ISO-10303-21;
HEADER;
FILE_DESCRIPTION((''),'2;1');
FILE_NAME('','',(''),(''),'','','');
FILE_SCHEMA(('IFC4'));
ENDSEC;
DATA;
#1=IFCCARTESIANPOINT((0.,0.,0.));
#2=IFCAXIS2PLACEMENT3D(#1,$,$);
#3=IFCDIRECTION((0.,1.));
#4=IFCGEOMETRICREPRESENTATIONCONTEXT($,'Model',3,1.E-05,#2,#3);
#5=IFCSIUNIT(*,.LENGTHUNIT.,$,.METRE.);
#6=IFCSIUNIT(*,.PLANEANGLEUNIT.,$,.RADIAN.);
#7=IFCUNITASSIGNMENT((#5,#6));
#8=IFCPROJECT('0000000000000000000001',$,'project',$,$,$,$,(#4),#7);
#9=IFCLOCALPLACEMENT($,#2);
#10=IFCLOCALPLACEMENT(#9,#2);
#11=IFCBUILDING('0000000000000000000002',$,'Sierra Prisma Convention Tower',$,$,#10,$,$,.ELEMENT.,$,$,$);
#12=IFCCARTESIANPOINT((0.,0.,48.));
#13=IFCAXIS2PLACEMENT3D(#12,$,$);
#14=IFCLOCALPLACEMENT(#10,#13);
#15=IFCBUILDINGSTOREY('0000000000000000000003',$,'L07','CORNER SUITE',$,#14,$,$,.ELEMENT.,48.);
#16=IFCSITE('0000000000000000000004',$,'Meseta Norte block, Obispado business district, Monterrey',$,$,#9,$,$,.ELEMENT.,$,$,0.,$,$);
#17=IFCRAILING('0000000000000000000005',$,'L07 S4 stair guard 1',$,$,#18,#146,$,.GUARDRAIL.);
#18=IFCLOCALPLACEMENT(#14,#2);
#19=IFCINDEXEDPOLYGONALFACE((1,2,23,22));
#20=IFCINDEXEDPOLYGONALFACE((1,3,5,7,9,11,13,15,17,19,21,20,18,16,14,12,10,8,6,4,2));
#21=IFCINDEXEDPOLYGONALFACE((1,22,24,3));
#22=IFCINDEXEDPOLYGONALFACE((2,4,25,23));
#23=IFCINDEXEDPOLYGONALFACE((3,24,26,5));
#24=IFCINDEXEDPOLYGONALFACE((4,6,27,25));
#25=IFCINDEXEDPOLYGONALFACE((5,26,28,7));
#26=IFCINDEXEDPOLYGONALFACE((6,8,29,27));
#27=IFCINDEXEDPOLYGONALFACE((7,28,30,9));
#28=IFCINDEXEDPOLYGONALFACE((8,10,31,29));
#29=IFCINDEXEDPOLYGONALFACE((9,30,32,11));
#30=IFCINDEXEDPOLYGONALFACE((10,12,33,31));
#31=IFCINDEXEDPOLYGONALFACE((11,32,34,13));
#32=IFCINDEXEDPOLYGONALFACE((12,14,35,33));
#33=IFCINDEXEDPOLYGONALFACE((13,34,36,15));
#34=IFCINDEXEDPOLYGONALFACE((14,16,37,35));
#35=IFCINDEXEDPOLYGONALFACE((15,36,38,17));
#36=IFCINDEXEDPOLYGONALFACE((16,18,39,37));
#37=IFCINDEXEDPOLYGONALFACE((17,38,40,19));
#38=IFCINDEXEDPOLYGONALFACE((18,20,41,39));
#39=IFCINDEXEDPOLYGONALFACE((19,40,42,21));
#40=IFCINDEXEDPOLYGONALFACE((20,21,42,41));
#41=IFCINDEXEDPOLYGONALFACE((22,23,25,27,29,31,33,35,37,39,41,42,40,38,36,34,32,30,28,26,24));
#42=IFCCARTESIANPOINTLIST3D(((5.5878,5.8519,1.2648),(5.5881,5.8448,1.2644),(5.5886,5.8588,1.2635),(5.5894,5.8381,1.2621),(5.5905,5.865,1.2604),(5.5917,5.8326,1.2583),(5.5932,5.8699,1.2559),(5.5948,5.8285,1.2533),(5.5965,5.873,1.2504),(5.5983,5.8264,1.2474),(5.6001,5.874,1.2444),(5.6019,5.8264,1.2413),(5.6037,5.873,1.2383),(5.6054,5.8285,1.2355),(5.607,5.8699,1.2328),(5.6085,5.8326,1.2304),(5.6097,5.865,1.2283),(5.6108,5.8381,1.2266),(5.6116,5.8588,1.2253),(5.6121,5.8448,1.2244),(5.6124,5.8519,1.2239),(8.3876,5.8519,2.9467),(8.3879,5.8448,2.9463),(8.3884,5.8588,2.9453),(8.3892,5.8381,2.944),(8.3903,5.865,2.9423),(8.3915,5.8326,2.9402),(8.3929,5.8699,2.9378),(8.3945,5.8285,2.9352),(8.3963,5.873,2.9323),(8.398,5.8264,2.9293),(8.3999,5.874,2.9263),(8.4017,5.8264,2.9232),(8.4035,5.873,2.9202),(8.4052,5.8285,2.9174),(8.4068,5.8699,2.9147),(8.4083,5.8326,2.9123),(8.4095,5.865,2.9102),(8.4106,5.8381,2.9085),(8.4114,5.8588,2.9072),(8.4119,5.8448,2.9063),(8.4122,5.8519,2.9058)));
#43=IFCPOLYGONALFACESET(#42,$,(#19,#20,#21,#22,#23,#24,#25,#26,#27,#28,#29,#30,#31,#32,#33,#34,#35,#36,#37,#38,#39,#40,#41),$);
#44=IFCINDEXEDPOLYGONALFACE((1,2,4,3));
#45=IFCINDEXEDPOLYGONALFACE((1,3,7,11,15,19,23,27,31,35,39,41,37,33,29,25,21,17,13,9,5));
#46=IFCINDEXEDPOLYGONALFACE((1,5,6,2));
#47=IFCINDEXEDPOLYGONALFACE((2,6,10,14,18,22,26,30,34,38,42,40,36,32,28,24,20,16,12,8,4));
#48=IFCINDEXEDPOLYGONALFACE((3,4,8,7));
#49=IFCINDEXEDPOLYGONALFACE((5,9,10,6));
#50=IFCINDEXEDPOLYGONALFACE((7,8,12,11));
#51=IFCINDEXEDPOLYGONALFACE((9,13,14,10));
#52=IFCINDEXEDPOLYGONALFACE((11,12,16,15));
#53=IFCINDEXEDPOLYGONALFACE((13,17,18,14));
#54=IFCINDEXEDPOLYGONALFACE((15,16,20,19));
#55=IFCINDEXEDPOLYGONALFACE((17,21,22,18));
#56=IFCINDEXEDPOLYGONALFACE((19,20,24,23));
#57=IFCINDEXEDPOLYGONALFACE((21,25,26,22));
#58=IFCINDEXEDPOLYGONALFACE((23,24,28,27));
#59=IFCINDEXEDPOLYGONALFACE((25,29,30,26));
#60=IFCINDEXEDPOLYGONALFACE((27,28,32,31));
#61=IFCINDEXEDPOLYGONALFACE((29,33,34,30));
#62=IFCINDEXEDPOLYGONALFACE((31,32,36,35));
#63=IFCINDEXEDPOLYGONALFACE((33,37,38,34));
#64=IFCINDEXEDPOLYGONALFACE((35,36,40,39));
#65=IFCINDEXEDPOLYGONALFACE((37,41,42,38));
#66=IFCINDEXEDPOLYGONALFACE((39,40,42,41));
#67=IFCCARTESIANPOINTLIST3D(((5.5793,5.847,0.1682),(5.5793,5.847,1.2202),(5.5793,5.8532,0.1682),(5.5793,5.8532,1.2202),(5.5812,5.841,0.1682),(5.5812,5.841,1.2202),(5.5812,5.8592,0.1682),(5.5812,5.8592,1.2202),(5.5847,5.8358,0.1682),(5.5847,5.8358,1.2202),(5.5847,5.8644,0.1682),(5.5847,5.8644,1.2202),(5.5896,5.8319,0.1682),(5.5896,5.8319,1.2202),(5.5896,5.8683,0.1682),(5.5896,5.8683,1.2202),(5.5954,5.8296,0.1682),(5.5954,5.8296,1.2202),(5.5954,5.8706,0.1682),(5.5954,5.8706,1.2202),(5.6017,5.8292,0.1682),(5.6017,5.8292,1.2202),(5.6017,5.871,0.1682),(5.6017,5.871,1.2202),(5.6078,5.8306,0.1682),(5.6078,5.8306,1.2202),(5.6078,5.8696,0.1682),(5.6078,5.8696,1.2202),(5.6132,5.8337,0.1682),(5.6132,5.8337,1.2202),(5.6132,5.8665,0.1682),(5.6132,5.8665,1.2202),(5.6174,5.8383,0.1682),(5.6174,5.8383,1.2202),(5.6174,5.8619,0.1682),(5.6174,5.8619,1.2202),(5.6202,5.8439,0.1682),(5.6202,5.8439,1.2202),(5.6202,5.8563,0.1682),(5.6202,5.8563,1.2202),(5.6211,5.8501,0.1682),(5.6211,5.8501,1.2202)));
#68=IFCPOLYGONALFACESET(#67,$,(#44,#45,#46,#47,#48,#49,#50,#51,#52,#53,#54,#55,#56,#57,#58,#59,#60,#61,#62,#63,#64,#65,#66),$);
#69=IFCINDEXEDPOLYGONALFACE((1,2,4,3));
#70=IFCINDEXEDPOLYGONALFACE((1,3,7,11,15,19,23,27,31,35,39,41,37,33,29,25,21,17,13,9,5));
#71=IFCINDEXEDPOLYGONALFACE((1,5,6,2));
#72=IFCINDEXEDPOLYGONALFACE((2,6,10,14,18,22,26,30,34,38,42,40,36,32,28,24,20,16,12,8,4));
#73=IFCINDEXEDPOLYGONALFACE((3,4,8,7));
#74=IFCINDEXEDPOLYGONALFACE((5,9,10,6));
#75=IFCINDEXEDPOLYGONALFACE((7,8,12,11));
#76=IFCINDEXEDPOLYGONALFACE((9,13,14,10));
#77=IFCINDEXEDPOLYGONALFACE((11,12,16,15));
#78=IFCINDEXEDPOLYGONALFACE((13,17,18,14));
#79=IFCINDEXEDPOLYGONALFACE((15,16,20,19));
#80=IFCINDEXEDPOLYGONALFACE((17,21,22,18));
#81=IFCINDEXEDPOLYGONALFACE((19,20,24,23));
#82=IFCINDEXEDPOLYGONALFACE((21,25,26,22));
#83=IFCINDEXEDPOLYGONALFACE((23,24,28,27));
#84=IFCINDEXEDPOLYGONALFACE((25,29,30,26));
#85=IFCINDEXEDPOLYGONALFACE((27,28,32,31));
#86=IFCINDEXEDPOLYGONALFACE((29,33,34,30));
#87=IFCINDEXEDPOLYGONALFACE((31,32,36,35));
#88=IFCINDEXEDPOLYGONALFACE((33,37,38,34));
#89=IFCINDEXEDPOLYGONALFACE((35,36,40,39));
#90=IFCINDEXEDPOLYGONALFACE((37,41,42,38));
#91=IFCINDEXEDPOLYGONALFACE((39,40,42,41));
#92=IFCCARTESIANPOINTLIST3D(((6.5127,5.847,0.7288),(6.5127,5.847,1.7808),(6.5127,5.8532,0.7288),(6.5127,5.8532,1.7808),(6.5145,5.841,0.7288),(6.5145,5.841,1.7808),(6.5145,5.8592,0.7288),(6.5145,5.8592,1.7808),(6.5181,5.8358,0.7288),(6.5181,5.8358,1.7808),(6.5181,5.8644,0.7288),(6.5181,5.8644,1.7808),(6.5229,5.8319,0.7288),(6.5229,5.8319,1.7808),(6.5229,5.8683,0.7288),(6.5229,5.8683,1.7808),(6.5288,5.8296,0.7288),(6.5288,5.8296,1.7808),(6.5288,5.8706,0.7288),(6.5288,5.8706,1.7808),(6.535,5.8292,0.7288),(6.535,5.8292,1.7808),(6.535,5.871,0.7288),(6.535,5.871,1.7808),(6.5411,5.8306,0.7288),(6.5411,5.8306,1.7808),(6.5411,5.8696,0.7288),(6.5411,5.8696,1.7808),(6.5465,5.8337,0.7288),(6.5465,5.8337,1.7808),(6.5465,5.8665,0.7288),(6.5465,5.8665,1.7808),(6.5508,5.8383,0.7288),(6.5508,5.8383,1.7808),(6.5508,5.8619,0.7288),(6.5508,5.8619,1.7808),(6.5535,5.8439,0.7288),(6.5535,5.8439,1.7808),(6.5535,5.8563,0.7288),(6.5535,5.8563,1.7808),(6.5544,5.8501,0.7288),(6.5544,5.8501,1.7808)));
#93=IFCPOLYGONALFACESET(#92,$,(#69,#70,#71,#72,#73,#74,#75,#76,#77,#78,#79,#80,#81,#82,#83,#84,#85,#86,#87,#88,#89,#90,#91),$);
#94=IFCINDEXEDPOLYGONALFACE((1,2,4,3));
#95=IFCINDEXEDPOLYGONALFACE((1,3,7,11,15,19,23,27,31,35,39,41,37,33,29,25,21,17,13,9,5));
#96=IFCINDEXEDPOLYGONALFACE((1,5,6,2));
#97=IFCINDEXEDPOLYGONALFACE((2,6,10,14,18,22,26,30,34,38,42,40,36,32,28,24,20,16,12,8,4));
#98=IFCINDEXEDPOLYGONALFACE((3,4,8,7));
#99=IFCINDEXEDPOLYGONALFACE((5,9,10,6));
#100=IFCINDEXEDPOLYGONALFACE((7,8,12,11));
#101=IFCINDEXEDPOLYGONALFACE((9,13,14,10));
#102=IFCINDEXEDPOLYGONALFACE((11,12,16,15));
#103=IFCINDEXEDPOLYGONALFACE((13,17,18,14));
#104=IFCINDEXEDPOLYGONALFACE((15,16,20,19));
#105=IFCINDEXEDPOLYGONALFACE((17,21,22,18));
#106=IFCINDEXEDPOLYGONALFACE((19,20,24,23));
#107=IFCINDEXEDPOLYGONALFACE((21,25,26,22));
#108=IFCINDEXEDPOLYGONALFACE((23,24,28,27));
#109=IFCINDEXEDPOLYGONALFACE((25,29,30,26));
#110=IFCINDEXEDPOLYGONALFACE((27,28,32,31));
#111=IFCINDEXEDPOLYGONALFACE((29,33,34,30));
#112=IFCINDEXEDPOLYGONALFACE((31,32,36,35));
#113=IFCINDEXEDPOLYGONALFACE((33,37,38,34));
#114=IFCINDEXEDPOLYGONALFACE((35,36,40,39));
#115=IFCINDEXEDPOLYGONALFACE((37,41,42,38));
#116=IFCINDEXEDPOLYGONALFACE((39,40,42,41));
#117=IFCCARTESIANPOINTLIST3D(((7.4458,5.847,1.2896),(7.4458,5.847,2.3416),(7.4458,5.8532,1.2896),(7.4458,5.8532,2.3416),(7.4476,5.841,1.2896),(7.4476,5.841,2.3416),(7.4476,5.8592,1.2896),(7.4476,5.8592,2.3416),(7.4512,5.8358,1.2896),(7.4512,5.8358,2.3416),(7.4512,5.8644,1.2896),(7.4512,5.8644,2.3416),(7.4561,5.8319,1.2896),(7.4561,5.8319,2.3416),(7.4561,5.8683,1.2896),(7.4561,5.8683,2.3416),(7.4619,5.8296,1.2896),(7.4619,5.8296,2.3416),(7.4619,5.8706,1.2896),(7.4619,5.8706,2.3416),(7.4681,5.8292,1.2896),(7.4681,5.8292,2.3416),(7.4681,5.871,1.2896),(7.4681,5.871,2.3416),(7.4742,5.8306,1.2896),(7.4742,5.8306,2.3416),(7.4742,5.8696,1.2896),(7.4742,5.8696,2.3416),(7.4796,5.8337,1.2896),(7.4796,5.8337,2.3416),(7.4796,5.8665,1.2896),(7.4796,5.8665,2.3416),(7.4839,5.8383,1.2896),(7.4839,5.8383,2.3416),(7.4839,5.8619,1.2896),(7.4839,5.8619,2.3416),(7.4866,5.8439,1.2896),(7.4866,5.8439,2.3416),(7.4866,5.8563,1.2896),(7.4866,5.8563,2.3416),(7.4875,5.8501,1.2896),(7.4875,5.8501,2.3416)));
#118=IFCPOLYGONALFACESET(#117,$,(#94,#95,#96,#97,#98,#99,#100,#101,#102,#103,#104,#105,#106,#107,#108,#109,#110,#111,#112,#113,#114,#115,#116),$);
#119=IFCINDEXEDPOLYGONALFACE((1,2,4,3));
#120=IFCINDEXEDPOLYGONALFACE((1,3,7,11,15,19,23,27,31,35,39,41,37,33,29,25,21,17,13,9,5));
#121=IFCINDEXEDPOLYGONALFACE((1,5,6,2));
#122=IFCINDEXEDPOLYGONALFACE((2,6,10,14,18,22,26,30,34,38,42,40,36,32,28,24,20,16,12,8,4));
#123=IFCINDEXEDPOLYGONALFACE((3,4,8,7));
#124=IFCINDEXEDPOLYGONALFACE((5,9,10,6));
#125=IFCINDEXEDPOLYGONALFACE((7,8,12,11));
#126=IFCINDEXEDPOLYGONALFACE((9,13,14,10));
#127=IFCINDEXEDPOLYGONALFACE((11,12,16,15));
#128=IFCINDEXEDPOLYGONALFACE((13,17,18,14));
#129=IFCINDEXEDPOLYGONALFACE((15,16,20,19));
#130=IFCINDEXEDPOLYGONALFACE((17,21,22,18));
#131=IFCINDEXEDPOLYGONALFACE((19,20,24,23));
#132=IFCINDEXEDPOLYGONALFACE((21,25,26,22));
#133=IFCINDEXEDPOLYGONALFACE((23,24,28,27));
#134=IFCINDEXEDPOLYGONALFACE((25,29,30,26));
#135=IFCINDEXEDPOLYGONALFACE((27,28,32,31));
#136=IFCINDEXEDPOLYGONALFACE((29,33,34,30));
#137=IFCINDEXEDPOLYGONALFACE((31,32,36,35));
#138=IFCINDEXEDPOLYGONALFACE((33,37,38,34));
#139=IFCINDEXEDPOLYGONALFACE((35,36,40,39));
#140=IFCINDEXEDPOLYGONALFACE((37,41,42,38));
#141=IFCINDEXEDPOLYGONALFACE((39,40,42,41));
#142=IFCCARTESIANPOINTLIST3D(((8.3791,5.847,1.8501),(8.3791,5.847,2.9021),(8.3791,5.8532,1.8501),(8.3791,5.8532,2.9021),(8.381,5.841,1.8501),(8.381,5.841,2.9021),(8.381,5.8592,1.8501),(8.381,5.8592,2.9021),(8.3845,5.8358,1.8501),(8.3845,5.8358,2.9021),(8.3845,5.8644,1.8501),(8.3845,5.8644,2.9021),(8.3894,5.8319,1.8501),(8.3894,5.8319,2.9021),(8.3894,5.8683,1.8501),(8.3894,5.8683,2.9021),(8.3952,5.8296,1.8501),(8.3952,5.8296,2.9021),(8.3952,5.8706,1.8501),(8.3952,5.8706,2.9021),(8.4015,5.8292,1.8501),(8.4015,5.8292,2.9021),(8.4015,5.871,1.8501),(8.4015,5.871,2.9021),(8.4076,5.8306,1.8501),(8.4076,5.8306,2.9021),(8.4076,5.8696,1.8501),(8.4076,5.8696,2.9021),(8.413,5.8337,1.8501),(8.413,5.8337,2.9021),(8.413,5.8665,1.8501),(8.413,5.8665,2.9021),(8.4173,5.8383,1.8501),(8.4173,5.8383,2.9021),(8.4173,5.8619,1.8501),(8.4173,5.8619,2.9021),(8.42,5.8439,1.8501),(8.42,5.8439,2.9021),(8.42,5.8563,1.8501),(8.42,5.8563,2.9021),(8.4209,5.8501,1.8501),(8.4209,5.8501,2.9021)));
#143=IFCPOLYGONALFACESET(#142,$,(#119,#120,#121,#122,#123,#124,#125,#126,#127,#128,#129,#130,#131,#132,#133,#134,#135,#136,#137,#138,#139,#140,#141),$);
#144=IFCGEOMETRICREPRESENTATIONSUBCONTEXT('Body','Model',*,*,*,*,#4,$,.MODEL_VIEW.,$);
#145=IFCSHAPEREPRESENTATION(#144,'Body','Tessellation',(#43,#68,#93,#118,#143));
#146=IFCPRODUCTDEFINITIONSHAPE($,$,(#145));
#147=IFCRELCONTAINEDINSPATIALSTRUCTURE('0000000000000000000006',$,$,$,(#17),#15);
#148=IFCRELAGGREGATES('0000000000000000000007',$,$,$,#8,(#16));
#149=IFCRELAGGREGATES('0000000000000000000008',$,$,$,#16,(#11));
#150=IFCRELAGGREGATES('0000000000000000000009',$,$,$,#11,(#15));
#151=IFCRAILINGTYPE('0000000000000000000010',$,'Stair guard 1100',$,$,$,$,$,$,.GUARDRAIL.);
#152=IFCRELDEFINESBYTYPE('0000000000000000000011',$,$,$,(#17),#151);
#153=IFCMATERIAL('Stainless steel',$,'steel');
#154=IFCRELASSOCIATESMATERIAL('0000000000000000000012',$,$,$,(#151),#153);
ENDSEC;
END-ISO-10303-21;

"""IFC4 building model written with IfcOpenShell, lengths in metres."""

from ifc_helpers import new_model, si_unit, direction, frame, origin, origin_2d, place, context, subcontext, project, spatial, circle, extrude, material, type_object, element, save


model = new_model("IFC4")

# Units and contexts
model_context = context("Model", 3, precision=1e-05, world=origin(), true_north=direction((0.0, 1.0)))
body_context = subcontext(model_context, "Body", "Model", "MODEL_VIEW")
ifc_project = project(units=[si_unit("LENGTHUNIT", "METRE"), si_unit("PLANEANGLEUNIT", "RADIAN")], contexts=[model_context])

# Site, building, storey
site_placement = place(None, origin())
site = spatial("IfcSite", under=ifc_project, at=site_placement, Name="Meseta Norte block, Obispado business district, Monterrey", CompositionType="ELEMENT", RefElevation=0.0)
building_placement = place(site_placement, origin())
building = spatial("IfcBuilding", under=site, at=building_placement, Name="Sierra Prisma Convention Tower", CompositionType="ELEMENT")
storey_placement = place(building_placement, frame((0.0, 0.0, 48.0)))
storey = spatial("IfcBuildingStorey", under=building, at=storey_placement, Name="L07", Description="CORNER SUITE", CompositionType="ELEMENT", Elevation=48.0)

# Railing
ifc_material_1 = material(Name="Stainless steel", Category="steel")
railing_type_1 = type_object("IfcRailingType", Name="Stair guard 1100", PredefinedType="GUARDRAIL", material=ifc_material_1)
railing_1_placement = place(storey_placement, frame((5.6001, 5.8501, 0.1682)))
element("IfcRailing", 1, at=railing_1_placement, inside=storey, type_object=railing_type_1, Name="L07 S4 stair guard 1", PredefinedType="GUARDRAIL", context=body_context, shape_type="SweptSolid", body=[
    extrude(circle(Radius=0.0239, at=origin_2d()), frame((0.0, 0.0, 1.0762), z_axis=(0.857222, 0.0, 0.514946), x_axis=(0.0, 1.0, 0.0)), (0.0, 0.0, 1.0), 3.2661),
    extrude(circle(Radius=0.021, at=origin_2d()), origin(), (0.0, 0.0, 1.0), 1.052),
    extrude(circle(Radius=0.021, at=origin_2d()), frame((0.9333, 0.0, 0.5605)), (0.0, 0.0, 1.0), 1.052),
    extrude(circle(Radius=0.021, at=origin_2d()), frame((1.8665, 0.0, 1.1213)), (0.0, 0.0, 1.0), 1.052),
    extrude(circle(Radius=0.021, at=origin_2d()), frame((2.7998, 0.0, 1.6819)), (0.0, 0.0, 1.0), 1.052),
])

save(model, "model.ifc")
